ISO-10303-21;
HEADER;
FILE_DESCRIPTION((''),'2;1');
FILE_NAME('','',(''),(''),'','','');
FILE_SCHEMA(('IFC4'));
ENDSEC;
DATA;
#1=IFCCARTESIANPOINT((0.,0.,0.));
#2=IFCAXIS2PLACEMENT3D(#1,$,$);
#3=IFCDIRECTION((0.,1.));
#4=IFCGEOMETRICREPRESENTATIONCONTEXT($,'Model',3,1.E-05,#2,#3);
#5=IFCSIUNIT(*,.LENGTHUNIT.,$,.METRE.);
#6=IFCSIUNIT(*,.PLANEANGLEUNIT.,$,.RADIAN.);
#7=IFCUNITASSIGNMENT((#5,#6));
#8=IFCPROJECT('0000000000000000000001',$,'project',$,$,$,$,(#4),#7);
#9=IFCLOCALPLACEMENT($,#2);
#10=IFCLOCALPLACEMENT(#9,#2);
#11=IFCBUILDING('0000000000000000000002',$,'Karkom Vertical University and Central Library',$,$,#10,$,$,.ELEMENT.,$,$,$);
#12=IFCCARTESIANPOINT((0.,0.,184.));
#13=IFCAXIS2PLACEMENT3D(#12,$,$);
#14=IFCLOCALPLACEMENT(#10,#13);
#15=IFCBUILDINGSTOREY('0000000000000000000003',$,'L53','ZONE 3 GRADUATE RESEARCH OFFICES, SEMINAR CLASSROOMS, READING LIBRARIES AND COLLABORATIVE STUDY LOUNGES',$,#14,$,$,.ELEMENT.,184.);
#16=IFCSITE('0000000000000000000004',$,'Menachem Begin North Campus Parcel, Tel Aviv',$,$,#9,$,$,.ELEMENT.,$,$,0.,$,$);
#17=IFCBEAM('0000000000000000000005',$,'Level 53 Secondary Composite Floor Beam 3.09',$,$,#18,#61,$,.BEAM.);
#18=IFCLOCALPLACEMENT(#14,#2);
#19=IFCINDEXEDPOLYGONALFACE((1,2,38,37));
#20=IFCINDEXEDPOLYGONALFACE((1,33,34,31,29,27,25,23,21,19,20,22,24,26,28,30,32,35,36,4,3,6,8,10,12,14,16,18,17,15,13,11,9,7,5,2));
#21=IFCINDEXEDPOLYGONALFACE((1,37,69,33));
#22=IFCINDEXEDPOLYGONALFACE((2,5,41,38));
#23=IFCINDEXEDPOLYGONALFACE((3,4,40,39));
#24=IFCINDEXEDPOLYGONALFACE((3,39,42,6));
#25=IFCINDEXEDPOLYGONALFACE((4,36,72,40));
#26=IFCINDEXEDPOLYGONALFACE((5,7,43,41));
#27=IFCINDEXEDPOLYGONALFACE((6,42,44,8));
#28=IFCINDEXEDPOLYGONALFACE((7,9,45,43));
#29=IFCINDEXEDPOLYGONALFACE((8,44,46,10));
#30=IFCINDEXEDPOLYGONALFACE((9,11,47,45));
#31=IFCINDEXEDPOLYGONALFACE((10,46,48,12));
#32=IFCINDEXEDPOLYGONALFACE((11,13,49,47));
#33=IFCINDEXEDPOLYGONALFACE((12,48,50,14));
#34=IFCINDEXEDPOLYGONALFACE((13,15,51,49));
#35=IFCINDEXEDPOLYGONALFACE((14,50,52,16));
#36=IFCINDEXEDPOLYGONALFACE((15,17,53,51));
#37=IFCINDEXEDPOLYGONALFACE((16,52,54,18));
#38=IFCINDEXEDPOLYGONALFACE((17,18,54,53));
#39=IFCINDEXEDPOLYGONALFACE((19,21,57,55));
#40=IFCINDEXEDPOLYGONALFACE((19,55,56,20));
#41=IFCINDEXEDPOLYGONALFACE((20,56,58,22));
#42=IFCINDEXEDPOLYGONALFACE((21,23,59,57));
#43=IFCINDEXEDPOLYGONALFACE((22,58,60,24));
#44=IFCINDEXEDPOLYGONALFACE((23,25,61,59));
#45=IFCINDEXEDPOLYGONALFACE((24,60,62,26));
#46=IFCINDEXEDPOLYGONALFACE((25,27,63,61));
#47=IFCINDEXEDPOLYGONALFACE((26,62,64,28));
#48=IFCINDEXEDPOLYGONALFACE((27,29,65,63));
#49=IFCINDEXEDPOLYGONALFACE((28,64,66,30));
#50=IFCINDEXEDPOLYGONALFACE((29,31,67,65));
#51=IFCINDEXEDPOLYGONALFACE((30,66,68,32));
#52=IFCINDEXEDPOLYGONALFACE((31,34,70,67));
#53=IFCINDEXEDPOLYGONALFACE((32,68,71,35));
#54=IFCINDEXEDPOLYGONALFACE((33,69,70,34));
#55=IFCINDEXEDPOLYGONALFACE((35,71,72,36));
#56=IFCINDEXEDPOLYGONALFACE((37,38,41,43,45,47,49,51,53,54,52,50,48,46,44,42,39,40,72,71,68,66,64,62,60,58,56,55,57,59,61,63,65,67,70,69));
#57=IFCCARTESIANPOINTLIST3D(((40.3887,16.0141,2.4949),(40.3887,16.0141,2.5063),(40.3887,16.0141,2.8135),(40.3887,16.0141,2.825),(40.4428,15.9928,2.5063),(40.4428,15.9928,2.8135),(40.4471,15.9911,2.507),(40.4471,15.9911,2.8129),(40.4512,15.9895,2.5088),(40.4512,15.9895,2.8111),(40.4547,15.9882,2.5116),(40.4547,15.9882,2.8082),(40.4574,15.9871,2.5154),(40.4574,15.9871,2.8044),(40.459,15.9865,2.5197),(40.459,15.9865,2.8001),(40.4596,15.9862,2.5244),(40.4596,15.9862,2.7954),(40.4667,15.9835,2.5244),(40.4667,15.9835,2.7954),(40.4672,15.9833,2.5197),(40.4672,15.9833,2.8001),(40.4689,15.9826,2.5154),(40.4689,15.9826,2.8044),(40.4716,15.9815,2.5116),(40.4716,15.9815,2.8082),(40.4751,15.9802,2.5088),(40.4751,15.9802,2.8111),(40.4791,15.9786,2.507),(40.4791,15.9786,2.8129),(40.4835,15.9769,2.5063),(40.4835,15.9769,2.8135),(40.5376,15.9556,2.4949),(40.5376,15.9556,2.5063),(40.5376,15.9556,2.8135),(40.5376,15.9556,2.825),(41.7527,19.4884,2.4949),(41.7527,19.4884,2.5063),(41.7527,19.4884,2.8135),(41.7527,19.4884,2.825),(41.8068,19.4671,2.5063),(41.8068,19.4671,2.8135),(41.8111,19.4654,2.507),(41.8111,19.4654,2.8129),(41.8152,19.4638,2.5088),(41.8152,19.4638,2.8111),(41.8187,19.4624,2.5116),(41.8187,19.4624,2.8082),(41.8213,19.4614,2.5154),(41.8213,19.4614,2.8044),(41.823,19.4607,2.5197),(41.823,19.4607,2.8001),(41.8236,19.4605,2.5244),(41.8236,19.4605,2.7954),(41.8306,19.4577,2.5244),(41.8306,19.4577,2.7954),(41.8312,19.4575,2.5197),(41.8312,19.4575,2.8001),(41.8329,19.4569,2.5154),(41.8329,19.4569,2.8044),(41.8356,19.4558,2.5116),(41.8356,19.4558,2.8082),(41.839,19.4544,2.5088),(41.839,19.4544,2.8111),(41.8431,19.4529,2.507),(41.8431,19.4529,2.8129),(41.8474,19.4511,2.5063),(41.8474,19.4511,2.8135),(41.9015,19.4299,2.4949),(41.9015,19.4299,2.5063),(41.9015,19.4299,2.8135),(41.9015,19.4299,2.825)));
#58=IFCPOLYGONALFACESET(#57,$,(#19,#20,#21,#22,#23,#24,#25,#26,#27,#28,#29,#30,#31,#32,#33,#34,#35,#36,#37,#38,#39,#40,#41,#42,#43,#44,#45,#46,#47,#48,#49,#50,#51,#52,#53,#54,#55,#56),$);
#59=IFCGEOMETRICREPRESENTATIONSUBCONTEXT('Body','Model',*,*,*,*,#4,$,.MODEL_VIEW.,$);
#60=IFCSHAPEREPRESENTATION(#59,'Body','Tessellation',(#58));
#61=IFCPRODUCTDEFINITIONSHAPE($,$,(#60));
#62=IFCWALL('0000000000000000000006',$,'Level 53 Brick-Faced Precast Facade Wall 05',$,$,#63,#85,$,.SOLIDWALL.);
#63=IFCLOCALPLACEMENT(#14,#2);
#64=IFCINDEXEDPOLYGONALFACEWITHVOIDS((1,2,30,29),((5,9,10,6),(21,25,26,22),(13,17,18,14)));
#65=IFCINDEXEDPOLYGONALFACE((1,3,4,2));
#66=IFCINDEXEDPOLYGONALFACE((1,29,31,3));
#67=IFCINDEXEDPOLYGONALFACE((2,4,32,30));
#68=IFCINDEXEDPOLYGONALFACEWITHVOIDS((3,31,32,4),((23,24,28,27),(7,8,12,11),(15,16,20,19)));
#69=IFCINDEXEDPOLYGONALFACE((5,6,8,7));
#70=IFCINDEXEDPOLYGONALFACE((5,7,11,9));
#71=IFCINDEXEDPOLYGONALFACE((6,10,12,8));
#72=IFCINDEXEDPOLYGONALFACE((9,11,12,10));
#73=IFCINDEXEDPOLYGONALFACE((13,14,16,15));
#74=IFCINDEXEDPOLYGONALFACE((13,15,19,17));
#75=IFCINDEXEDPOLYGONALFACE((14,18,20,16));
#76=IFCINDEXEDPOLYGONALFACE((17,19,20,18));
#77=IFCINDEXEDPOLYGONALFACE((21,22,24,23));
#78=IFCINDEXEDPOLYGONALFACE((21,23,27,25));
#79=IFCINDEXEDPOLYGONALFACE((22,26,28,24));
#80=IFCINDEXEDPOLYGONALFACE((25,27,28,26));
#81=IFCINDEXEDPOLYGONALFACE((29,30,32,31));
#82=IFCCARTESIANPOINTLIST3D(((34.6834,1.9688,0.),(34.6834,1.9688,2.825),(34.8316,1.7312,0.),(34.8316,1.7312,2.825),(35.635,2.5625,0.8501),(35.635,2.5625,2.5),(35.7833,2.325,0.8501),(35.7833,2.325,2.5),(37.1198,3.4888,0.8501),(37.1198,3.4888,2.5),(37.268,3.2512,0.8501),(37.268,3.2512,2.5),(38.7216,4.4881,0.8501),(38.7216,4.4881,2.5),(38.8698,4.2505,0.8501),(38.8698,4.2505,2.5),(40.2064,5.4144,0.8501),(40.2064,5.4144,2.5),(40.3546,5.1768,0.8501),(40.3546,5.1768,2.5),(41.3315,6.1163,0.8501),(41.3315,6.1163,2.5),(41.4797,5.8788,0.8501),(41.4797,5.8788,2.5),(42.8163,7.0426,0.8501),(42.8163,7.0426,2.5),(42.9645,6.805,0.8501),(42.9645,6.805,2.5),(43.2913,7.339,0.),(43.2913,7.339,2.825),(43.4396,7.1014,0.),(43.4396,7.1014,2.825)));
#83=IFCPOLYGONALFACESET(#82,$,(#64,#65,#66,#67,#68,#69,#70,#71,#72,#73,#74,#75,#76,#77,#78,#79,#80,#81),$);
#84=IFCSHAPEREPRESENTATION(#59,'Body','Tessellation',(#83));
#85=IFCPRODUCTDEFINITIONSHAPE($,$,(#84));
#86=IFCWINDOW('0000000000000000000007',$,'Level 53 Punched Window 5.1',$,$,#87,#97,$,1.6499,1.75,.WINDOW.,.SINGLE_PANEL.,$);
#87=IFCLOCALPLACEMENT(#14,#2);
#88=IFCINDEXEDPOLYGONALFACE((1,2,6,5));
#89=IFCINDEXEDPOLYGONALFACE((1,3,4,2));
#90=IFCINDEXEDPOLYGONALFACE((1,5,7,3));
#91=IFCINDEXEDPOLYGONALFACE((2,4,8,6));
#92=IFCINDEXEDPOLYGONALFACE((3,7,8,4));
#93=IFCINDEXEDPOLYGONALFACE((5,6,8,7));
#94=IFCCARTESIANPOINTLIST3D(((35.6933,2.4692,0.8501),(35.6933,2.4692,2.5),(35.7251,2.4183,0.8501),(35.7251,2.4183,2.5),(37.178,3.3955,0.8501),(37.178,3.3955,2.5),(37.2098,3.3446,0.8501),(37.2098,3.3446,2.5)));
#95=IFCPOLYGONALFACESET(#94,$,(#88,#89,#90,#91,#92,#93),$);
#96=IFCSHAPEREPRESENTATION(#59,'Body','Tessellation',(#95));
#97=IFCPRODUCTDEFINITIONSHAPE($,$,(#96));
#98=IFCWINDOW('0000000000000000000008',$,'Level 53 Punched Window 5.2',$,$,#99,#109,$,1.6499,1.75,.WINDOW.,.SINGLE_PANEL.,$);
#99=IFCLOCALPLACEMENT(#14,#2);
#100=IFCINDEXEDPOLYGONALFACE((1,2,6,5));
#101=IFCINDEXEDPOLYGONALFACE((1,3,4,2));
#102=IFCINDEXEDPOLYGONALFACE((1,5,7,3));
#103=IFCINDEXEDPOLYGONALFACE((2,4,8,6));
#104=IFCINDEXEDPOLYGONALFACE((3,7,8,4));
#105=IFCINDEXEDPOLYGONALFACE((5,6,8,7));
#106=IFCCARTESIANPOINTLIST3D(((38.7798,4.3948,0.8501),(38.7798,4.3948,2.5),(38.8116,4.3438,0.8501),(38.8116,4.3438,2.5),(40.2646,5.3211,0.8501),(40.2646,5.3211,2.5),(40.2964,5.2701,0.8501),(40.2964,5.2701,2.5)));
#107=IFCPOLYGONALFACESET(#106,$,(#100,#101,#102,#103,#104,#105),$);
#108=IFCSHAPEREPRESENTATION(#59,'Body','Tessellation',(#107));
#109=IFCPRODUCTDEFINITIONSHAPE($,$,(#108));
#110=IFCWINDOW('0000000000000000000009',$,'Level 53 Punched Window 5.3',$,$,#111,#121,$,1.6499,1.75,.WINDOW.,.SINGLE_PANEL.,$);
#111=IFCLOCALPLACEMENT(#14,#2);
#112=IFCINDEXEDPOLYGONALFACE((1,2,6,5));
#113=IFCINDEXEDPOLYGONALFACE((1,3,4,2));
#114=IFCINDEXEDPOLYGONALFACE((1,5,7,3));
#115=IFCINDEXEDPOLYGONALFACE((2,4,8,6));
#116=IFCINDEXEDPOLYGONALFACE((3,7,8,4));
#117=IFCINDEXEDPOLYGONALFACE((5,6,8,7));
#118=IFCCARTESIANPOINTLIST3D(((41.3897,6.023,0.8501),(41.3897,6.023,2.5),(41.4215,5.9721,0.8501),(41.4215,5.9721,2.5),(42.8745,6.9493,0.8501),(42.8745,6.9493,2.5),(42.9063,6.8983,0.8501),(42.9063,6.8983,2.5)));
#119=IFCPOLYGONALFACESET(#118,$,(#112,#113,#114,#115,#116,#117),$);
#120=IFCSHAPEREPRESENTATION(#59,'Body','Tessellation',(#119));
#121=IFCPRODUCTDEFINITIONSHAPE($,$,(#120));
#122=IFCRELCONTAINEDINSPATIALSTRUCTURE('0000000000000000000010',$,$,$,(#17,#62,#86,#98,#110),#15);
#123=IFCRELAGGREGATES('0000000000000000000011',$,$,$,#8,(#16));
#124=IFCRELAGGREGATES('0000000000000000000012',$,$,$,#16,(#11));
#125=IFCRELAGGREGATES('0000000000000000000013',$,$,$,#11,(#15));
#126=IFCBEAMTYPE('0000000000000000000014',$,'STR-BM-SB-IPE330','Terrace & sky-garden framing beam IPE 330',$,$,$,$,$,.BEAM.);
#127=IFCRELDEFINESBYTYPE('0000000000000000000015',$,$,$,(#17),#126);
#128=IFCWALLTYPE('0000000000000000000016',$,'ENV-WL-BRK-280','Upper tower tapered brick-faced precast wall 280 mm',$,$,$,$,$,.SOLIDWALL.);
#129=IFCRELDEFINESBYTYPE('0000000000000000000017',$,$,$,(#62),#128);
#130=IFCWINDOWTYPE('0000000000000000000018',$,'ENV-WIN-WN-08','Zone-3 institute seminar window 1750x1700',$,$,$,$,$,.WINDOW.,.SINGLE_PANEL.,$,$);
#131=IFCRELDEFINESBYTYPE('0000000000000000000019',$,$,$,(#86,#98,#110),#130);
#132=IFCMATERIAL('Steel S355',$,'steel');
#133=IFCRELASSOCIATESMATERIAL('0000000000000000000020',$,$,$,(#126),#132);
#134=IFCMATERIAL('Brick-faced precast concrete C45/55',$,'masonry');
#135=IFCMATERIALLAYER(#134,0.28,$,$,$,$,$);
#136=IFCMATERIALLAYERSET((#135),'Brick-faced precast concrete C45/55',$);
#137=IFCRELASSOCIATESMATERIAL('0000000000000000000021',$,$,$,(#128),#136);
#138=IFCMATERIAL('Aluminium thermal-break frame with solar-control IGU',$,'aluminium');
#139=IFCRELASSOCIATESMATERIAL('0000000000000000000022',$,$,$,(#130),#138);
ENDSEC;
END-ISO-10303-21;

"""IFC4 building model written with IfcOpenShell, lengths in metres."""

from ifc_helpers import new_model, si_unit, direction, frame, frame_2d, origin, origin_with_axes, origin_2d, place, context, subcontext, project, spatial, rectangle, i_section, extrude, source, transform, mapped, material, layer, layer_set, material_profile, profile_set, type_object, element, fill, save


model = new_model("IFC4")

# Units and contexts
model_context = context("Model", 3, precision=1e-05, world=origin(), true_north=direction((0.0, 1.0)))
body_context = subcontext(model_context, "Body", "Model", "MODEL_VIEW")
ifc_project = project(units=[si_unit("LENGTHUNIT", "METRE"), si_unit("PLANEANGLEUNIT", "RADIAN")], contexts=[model_context])

# Site, building, storey
site_placement = place(None, origin())
site = spatial("IfcSite", under=ifc_project, at=site_placement, Name="Menachem Begin North Campus Parcel, Tel Aviv", CompositionType="ELEMENT", RefElevation=0.0)
building_placement = place(site_placement, origin())
building = spatial("IfcBuilding", under=site, at=building_placement, Name="Karkom Vertical University and Central Library", CompositionType="ELEMENT")
storey_placement = place(building_placement, frame((0.0, 0.0, 184.0)))
storey = spatial("IfcBuildingStorey", under=building, at=storey_placement, Name="L53", Description="ZONE 3 GRADUATE RESEARCH OFFICES, SEMINAR CLASSROOMS, READING LIBRARIES AND COLLABORATIVE STUDY LOUNGES", CompositionType="ELEMENT", Elevation=184.0)

# Beam
ifc_material_1 = material(Name="Steel S355", Category="steel")
ifc_material_profile_1 = material_profile(ifc_material_1, i_section(OverallWidth=0.1599, OverallDepth=0.3301, WebThickness=0.0076, FlangeThickness=0.0115, FilletRadius=0.0181, at=origin_2d()), Name="IPE 330")
ifc_profile_set_1 = profile_set([ifc_material_profile_1], Name="Steel S355")
beam_type_1 = type_object("IfcBeamType", Name="STR-BM-SB-IPE330", Description="Terrace & sky-garden framing beam IPE 330", PredefinedType="BEAM", material=ifc_profile_set_1)
shared_shape_1 = source(origin_with_axes(), body_context, "Body", "SweptSolid", [
    extrude(i_section(OverallWidth=0.1599, OverallDepth=0.3301, WebThickness=0.0076, FlangeThickness=0.0115, FilletRadius=0.0181, at=origin_2d()), origin(), (0.0, 0.0, 1.0), 3.7324),
])
beam_1_placement = place(storey_placement, frame((40.4631, 15.9849, 2.6599), z_axis=(0.36544, 0.930835, 0.0), x_axis=(-0.930835, 0.36544, 0.0)))
element("IfcBeam", 1, at=beam_1_placement, inside=storey, type_object=beam_type_1, Name="Level 53 Secondary Composite Floor Beam 3.09", PredefinedType="BEAM", context=body_context, shape_type="MappedRepresentation", body=[
    mapped(shared_shape_1, transform((0.0, 0.0, 0.0), scale=1.0)),
])

# Wall, openings, windows
ifc_material_2 = material(Name="Brick-faced precast concrete C45/55", Category="masonry")
ifc_layer_1 = layer(ifc_material_2, 0.28)
ifc_layer_set_1 = layer_set([ifc_layer_1], Name="Brick-faced precast concrete C45/55")
wall_type_1 = type_object("IfcWallType", Name="ENV-WL-BRK-280", Description="Upper tower tapered brick-faced precast wall 280 mm", PredefinedType="SOLIDWALL", material=ifc_layer_set_1)
wall_1_placement = place(storey_placement, frame((34.7576, 1.8501, 0.0), z_axis=(0.0, 0.0, 1.0), x_axis=(0.848433, 0.529302, 0.0)))
wall_1 = element("IfcWall", 2, at=wall_1_placement, inside=storey, type_object=wall_type_1, Name="Level 53 Brick-Faced Precast Facade Wall 05", PredefinedType="SOLIDWALL", context=body_context, shape_type="SweptSolid", body=[
    extrude(rectangle(XDim=10.1458, YDim=0.28, at=frame_2d((5.0728, 0.0))), origin(), (0.0, 0.0, 1.0), 2.825),
])
opening_1_placement = place(wall_1_placement, frame((1.1216, 0.0, 0.8501)))
opening_1 = element("IfcOpeningElement", 3, at=opening_1_placement, cuts=wall_1, PredefinedType="OPENING", context=body_context, shape_type="SweptSolid", body=[
    extrude(rectangle(XDim=1.75, YDim=1.6499, at=frame_2d((0.875, 0.825))), frame((0.0, 0.1499, 0.0), z_axis=(0.0, -1.0, 0.0), x_axis=(1.0, 0.0, 0.0)), (0.0, 0.0, 1.0), 0.3),
])
opening_2_placement = place(wall_1_placement, frame((4.7595, 0.0, 0.8501)))
opening_2 = element("IfcOpeningElement", 4, at=opening_2_placement, cuts=wall_1, PredefinedType="OPENING", context=body_context, shape_type="SweptSolid", body=[
    extrude(rectangle(XDim=1.75, YDim=1.6499, at=frame_2d((0.875, 0.825))), frame((0.0, 0.1499, 0.0), z_axis=(0.0, -1.0, 0.0), x_axis=(1.0, 0.0, 0.0)), (0.0, 0.0, 1.0), 0.3),
])
opening_3_placement = place(wall_1_placement, frame((7.8357, 0.0, 0.8501)))
opening_3 = element("IfcOpeningElement", 5, at=opening_3_placement, cuts=wall_1, PredefinedType="OPENING", context=body_context, shape_type="SweptSolid", body=[
    extrude(rectangle(XDim=1.75, YDim=1.6499, at=frame_2d((0.875, 0.825))), frame((0.0, 0.1499, 0.0), z_axis=(0.0, -1.0, 0.0), x_axis=(1.0, 0.0, 0.0)), (0.0, 0.0, 1.0), 0.3),
])
ifc_material_3 = material(Name="Aluminium thermal-break frame with solar-control IGU", Category="aluminium")
window_type_1 = type_object("IfcWindowType", Name="ENV-WIN-WN-08", Description="Zone-3 institute seminar window 1750x1700", PartitioningType="SINGLE_PANEL", PredefinedType="WINDOW", material=ifc_material_3)
shared_shape_2 = source(origin_with_axes(), body_context, "Body", "SweptSolid", [
    extrude(rectangle(XDim=1.75, YDim=1.6499, at=frame_2d((0.875, 0.825))), frame((0.0, 0.03, 0.0), z_axis=(0.0, -1.0, 0.0), x_axis=(1.0, 0.0, 0.0)), (0.0, 0.0, 1.0), 0.0601),
])
window_1_placement = place(opening_1_placement, origin())
window_1 = element("IfcWindow", 6, at=window_1_placement, inside=storey, type_object=window_type_1, Name="Level 53 Punched Window 5.1", OverallHeight=1.6499, OverallWidth=1.75, PartitioningType="SINGLE_PANEL", PredefinedType="WINDOW", context=body_context, shape_type="MappedRepresentation", body=[
    mapped(shared_shape_2, transform((0.0, 0.0, 0.0), scale=1.0)),
])
fill(opening_1, window_1)
window_2_placement = place(opening_2_placement, origin())
window_2 = element("IfcWindow", 7, at=window_2_placement, inside=storey, type_object=window_type_1, Name="Level 53 Punched Window 5.2", OverallHeight=1.6499, OverallWidth=1.75, PartitioningType="SINGLE_PANEL", PredefinedType="WINDOW", context=body_context, shape_type="MappedRepresentation", body=[
    mapped(shared_shape_2, transform((0.0, 0.0, 0.0), scale=1.0)),
])
fill(opening_2, window_2)
window_3_placement = place(opening_3_placement, origin())
window_3 = element("IfcWindow", 8, at=window_3_placement, inside=storey, type_object=window_type_1, Name="Level 53 Punched Window 5.3", OverallHeight=1.6499, OverallWidth=1.75, PartitioningType="SINGLE_PANEL", PredefinedType="WINDOW", context=body_context, shape_type="MappedRepresentation", body=[
    mapped(shared_shape_2, transform((0.0, 0.0, 0.0), scale=1.0)),
])
fill(opening_3, window_3)

save(model, "model.ifc")
